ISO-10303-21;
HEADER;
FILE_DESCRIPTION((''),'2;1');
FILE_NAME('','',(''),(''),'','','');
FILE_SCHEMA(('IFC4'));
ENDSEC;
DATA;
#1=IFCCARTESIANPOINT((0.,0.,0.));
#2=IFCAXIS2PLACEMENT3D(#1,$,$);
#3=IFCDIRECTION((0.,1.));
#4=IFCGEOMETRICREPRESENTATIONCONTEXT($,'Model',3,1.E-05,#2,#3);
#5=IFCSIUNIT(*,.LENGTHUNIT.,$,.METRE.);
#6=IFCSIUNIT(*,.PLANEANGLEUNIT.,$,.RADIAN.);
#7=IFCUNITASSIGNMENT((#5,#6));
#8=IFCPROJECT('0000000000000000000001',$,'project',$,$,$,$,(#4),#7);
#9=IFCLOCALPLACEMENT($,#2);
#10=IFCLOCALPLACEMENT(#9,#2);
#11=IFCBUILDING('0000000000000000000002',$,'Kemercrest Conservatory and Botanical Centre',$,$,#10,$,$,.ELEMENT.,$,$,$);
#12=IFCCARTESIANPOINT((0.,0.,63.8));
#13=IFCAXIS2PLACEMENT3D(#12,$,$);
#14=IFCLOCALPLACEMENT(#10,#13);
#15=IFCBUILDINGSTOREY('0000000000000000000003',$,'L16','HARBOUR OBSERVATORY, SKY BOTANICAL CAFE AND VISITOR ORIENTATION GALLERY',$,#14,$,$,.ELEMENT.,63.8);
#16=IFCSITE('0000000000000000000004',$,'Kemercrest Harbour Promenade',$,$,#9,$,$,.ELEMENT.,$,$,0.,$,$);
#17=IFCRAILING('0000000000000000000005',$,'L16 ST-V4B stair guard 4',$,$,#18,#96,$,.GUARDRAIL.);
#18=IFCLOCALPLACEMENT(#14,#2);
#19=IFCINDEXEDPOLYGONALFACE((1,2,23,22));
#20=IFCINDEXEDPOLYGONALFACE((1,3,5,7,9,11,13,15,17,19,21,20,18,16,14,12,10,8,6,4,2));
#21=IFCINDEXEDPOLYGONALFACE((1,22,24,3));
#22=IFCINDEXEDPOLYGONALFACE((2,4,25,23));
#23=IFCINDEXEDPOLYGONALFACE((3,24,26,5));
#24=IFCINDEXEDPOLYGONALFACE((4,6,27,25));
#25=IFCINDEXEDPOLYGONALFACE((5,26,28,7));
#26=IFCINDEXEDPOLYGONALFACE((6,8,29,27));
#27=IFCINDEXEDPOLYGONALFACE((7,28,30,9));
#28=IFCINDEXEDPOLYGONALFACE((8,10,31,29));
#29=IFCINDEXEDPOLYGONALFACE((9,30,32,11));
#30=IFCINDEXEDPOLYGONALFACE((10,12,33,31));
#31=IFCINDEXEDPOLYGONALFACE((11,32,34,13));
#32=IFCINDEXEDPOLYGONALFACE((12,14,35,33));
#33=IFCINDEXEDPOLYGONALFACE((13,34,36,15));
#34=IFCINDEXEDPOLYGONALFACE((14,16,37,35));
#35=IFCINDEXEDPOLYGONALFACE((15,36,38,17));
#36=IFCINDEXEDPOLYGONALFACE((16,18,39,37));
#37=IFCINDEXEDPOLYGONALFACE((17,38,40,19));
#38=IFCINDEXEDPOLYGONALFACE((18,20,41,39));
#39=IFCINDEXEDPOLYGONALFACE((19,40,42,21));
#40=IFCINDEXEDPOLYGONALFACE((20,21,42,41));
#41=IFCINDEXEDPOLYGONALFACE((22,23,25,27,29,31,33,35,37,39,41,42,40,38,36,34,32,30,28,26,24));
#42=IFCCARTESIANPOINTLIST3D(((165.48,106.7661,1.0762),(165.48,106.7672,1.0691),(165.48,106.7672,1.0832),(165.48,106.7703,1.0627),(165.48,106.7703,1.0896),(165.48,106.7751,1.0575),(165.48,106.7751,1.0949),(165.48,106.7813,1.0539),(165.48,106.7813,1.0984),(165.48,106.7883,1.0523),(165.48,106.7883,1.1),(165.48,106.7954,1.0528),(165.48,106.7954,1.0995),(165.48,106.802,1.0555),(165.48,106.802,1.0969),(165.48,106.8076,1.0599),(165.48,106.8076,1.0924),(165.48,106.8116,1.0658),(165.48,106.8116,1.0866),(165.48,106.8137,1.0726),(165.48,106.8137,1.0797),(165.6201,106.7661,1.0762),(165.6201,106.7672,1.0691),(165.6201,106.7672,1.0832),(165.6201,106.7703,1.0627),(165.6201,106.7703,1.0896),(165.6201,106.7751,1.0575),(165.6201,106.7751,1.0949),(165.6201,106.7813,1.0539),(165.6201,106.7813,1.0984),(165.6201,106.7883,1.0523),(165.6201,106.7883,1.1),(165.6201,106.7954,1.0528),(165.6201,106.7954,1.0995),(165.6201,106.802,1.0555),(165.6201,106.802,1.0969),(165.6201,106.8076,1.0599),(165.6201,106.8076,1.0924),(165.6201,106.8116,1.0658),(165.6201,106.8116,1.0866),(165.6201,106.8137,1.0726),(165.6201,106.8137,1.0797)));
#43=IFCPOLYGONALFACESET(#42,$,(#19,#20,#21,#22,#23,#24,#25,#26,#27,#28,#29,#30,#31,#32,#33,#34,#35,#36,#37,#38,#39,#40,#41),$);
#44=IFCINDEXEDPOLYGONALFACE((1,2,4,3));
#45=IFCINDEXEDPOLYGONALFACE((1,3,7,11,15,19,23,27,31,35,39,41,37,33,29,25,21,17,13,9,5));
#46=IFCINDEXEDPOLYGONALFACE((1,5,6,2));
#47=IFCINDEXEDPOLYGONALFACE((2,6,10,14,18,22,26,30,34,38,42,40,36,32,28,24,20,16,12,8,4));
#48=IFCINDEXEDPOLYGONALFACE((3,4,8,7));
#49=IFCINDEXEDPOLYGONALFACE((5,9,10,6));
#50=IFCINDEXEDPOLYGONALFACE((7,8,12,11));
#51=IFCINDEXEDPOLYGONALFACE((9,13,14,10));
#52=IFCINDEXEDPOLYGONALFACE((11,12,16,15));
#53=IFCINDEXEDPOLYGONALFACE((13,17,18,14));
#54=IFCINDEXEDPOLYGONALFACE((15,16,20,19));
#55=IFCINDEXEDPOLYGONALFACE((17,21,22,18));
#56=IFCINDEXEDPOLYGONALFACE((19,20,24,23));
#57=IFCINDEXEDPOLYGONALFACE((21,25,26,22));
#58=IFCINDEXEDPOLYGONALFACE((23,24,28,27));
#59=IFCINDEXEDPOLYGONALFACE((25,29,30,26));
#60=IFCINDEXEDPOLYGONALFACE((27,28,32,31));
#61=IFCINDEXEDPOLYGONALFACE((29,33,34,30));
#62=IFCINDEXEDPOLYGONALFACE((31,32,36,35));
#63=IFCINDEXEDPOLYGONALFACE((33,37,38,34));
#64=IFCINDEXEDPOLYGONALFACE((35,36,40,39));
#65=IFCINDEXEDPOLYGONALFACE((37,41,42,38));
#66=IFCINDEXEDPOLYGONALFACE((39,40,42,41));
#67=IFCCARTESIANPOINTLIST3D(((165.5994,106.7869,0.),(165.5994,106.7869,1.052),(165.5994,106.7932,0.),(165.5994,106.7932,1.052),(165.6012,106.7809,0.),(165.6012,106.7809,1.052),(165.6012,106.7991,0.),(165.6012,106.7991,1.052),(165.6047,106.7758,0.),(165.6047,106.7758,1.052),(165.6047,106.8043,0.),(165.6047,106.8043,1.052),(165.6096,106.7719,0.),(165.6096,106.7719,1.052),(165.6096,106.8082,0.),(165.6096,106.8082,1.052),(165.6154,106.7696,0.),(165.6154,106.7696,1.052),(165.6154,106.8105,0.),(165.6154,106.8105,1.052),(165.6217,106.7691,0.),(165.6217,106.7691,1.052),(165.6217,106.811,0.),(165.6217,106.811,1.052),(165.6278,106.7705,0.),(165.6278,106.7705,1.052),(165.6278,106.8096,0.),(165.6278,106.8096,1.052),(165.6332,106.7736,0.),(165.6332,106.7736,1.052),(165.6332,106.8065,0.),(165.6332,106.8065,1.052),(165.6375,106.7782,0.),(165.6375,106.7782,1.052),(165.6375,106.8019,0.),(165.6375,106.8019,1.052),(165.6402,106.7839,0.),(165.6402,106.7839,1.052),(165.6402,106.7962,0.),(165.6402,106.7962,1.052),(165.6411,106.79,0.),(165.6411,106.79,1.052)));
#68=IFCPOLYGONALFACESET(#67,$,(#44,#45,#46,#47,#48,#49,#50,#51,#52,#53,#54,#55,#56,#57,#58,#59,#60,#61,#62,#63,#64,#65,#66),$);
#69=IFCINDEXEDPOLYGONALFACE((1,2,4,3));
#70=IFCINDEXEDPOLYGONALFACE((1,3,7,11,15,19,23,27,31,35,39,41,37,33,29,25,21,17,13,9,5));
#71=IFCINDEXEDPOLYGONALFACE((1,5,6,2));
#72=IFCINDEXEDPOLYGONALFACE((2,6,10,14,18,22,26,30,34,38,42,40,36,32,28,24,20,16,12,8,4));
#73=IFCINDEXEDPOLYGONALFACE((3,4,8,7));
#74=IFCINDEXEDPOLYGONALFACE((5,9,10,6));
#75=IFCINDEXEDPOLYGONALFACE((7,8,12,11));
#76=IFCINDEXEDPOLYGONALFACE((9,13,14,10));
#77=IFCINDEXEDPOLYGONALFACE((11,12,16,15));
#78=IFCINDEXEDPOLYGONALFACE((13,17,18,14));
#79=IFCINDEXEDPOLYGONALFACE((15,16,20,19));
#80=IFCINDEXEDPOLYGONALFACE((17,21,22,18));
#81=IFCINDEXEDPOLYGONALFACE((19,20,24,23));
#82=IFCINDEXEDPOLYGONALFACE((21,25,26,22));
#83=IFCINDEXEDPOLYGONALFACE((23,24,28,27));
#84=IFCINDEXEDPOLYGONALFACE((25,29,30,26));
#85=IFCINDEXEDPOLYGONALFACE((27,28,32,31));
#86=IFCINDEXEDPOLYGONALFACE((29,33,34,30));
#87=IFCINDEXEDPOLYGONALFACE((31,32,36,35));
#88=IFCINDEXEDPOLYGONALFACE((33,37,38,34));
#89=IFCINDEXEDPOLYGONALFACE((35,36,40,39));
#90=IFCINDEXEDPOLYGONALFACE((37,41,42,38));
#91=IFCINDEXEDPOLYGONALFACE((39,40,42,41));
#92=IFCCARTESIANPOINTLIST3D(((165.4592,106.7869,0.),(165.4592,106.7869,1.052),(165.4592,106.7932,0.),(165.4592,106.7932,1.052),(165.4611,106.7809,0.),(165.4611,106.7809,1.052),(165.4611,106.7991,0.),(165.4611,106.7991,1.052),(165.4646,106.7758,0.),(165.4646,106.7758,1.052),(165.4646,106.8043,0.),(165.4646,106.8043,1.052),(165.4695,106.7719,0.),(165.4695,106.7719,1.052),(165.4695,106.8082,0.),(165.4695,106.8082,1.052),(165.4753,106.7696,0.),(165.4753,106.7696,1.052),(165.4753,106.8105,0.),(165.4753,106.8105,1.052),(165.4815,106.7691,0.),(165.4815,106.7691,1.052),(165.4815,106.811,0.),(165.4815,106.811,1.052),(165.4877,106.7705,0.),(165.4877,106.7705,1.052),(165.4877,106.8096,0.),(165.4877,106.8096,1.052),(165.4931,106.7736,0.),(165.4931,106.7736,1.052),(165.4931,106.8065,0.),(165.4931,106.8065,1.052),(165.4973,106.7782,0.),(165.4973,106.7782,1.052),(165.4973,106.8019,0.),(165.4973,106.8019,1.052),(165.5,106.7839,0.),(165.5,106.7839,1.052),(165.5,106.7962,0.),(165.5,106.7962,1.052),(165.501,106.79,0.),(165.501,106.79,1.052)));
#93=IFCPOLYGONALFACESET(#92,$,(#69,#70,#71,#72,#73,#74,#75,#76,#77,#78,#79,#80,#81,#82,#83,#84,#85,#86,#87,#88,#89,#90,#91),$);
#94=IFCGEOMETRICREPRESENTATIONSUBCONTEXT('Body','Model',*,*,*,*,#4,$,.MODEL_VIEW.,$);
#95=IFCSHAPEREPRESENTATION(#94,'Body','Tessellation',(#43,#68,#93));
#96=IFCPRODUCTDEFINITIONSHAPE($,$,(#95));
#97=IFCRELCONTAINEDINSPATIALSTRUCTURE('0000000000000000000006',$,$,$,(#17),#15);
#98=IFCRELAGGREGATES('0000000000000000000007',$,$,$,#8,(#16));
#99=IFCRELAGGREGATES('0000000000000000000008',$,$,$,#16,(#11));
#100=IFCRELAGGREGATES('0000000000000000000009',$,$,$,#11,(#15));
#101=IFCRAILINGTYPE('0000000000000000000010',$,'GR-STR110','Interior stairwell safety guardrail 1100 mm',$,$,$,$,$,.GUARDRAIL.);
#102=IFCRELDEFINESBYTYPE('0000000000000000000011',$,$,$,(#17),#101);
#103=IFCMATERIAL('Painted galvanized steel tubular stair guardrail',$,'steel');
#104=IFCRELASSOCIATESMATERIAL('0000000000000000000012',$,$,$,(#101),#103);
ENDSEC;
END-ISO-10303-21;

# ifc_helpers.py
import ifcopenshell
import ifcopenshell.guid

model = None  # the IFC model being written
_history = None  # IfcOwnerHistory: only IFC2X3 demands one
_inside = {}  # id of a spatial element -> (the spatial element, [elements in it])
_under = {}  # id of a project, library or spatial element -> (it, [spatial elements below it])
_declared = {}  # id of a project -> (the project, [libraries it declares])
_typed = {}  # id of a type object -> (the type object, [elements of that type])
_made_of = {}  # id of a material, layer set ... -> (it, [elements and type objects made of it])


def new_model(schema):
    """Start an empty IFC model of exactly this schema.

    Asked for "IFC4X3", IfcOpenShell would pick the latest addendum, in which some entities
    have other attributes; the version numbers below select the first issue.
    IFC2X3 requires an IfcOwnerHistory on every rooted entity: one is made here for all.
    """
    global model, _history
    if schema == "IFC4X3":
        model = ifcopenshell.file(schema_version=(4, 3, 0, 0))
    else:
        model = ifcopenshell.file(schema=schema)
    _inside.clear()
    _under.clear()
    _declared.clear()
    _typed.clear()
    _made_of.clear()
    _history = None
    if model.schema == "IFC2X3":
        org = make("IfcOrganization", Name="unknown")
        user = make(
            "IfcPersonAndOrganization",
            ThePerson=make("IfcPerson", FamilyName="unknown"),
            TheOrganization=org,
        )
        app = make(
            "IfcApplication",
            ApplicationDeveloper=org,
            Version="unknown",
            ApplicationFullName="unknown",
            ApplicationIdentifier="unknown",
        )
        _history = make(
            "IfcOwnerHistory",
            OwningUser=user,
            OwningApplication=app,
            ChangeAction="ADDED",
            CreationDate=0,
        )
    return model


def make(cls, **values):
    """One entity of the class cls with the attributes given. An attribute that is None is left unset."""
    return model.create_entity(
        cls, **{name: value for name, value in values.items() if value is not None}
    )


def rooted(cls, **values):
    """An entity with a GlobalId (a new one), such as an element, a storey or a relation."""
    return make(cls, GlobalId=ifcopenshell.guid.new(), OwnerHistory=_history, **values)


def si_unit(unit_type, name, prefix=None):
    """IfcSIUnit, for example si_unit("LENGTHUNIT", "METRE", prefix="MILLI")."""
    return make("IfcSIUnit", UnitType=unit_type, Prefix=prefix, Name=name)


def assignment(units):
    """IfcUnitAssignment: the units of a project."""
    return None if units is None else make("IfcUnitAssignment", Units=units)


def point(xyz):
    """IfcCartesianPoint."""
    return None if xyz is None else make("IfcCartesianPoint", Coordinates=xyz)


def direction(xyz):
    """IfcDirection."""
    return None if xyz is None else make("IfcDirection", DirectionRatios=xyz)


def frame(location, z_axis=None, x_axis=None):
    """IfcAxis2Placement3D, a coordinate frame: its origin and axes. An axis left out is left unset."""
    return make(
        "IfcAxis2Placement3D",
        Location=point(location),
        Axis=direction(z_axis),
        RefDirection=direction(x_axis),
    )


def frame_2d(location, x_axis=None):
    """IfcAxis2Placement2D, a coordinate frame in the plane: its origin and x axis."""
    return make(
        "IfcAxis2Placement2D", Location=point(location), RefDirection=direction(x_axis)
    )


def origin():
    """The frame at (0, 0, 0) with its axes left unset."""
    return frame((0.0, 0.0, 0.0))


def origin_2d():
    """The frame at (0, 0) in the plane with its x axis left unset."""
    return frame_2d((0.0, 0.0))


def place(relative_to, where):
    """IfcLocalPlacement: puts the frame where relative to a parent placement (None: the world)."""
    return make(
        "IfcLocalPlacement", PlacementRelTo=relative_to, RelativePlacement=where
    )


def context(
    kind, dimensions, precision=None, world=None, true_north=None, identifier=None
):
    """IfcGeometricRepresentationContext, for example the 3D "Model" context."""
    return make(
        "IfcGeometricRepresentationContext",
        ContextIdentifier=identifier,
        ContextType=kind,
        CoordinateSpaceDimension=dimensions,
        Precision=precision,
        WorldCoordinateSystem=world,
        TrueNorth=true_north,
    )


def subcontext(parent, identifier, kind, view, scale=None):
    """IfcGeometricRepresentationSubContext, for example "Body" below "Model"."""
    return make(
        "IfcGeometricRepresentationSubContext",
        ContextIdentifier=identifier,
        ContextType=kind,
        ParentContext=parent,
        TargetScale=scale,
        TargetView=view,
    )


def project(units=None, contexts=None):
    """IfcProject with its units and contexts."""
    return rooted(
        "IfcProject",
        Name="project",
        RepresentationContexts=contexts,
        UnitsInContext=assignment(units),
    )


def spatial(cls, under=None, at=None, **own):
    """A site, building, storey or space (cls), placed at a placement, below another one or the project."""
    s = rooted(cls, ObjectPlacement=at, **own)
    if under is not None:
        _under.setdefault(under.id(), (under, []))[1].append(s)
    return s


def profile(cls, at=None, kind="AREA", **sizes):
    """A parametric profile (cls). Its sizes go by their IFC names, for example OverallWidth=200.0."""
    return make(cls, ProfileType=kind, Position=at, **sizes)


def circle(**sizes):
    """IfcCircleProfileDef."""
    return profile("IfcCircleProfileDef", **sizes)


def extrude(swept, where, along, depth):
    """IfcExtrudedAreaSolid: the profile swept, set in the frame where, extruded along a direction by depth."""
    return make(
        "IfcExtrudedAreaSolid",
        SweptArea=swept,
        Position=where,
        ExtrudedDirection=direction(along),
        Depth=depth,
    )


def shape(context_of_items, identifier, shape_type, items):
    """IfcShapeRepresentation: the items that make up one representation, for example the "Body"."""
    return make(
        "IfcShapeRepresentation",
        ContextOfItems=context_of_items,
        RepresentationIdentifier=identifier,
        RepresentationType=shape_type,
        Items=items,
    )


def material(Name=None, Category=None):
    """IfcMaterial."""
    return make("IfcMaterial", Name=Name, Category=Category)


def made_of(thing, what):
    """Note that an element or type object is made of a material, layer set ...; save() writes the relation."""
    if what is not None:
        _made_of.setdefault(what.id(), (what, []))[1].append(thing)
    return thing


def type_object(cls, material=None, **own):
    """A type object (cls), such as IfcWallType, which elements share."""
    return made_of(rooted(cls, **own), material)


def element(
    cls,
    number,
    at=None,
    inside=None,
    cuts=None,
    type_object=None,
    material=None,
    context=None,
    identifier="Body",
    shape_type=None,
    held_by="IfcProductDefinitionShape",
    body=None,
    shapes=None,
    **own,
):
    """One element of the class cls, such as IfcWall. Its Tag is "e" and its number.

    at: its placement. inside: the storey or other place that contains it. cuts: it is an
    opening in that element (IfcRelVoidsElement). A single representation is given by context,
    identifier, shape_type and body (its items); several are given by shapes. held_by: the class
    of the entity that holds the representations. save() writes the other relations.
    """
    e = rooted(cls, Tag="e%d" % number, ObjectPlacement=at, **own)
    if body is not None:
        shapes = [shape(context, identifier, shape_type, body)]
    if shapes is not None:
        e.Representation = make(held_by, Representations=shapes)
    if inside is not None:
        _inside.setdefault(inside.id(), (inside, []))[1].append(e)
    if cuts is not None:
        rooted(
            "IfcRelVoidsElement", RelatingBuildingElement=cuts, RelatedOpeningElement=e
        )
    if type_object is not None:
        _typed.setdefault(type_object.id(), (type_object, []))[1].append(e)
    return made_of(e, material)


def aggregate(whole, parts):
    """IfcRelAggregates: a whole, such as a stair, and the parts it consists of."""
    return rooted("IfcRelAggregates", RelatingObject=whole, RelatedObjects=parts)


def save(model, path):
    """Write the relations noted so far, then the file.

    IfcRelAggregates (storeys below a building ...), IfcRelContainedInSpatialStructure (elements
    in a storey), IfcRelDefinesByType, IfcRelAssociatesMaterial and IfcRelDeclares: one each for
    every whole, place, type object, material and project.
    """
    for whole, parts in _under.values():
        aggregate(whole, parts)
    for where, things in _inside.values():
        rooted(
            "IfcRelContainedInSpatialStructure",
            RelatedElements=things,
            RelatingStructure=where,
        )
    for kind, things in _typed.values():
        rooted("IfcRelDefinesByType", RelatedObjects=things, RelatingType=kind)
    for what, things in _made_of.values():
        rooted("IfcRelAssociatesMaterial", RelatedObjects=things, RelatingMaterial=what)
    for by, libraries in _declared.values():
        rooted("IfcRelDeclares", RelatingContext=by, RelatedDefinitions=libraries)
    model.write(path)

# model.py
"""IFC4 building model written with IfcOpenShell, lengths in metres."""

from ifc_helpers import new_model, si_unit, direction, frame, origin, origin_2d, place, context, subcontext, project, spatial, circle, extrude, material, type_object, element, save


model = new_model("IFC4")

# Units and contexts
model_context = context("Model", 3, precision=1e-05, world=origin(), true_north=direction((0.0, 1.0)))
body_context = subcontext(model_context, "Body", "Model", "MODEL_VIEW")
ifc_project = project(units=[si_unit("LENGTHUNIT", "METRE"), si_unit("PLANEANGLEUNIT", "RADIAN")], contexts=[model_context])

# Site, building, storey
site_placement = place(None, origin())
site = spatial("IfcSite", under=ifc_project, at=site_placement, Name="Kemercrest Harbour Promenade", CompositionType="ELEMENT", RefElevation=0.0)
building_placement = place(site_placement, origin())
building = spatial("IfcBuilding", under=site, at=building_placement, Name="Kemercrest Conservatory and Botanical Centre", CompositionType="ELEMENT")
storey_placement = place(building_placement, frame((0.0, 0.0, 63.8)))
storey = spatial("IfcBuildingStorey", under=building, at=storey_placement, Name="L16", Description="HARBOUR OBSERVATORY, SKY BOTANICAL CAFE AND VISITOR ORIENTATION GALLERY", CompositionType="ELEMENT", Elevation=63.8)

# Railing
ifc_material_1 = material(Name="Painted galvanized steel tubular stair guardrail", Category="steel")
railing_type_1 = type_object("IfcRailingType", Name="GR-STR110", Description="Interior stairwell safety guardrail 1100 mm", PredefinedType="GUARDRAIL", material=ifc_material_1)
railing_1_placement = place(storey_placement, frame((165.6201, 106.79, 0.0)))
element("IfcRailing", 1, at=railing_1_placement, inside=storey, type_object=railing_type_1, Name="L16 ST-V4B stair guard 4", PredefinedType="GUARDRAIL", context=body_context, shape_type="SweptSolid", body=[
    extrude(circle(Radius=0.0239, at=origin_2d()), frame((0.0, 0.0, 1.0762), z_axis=(-1.0, 0.0, 0.0), x_axis=(0.0, -1.0, 0.0)), (0.0, 0.0, 1.0), 0.1401),
    extrude(circle(Radius=0.021, at=origin_2d()), origin(), (0.0, 0.0, 1.0), 1.052),
    extrude(circle(Radius=0.021, at=origin_2d()), frame((-0.1401, 0.0, 0.0)), (0.0, 0.0, 1.0), 1.052),
])

save(model, "model.ifc")
